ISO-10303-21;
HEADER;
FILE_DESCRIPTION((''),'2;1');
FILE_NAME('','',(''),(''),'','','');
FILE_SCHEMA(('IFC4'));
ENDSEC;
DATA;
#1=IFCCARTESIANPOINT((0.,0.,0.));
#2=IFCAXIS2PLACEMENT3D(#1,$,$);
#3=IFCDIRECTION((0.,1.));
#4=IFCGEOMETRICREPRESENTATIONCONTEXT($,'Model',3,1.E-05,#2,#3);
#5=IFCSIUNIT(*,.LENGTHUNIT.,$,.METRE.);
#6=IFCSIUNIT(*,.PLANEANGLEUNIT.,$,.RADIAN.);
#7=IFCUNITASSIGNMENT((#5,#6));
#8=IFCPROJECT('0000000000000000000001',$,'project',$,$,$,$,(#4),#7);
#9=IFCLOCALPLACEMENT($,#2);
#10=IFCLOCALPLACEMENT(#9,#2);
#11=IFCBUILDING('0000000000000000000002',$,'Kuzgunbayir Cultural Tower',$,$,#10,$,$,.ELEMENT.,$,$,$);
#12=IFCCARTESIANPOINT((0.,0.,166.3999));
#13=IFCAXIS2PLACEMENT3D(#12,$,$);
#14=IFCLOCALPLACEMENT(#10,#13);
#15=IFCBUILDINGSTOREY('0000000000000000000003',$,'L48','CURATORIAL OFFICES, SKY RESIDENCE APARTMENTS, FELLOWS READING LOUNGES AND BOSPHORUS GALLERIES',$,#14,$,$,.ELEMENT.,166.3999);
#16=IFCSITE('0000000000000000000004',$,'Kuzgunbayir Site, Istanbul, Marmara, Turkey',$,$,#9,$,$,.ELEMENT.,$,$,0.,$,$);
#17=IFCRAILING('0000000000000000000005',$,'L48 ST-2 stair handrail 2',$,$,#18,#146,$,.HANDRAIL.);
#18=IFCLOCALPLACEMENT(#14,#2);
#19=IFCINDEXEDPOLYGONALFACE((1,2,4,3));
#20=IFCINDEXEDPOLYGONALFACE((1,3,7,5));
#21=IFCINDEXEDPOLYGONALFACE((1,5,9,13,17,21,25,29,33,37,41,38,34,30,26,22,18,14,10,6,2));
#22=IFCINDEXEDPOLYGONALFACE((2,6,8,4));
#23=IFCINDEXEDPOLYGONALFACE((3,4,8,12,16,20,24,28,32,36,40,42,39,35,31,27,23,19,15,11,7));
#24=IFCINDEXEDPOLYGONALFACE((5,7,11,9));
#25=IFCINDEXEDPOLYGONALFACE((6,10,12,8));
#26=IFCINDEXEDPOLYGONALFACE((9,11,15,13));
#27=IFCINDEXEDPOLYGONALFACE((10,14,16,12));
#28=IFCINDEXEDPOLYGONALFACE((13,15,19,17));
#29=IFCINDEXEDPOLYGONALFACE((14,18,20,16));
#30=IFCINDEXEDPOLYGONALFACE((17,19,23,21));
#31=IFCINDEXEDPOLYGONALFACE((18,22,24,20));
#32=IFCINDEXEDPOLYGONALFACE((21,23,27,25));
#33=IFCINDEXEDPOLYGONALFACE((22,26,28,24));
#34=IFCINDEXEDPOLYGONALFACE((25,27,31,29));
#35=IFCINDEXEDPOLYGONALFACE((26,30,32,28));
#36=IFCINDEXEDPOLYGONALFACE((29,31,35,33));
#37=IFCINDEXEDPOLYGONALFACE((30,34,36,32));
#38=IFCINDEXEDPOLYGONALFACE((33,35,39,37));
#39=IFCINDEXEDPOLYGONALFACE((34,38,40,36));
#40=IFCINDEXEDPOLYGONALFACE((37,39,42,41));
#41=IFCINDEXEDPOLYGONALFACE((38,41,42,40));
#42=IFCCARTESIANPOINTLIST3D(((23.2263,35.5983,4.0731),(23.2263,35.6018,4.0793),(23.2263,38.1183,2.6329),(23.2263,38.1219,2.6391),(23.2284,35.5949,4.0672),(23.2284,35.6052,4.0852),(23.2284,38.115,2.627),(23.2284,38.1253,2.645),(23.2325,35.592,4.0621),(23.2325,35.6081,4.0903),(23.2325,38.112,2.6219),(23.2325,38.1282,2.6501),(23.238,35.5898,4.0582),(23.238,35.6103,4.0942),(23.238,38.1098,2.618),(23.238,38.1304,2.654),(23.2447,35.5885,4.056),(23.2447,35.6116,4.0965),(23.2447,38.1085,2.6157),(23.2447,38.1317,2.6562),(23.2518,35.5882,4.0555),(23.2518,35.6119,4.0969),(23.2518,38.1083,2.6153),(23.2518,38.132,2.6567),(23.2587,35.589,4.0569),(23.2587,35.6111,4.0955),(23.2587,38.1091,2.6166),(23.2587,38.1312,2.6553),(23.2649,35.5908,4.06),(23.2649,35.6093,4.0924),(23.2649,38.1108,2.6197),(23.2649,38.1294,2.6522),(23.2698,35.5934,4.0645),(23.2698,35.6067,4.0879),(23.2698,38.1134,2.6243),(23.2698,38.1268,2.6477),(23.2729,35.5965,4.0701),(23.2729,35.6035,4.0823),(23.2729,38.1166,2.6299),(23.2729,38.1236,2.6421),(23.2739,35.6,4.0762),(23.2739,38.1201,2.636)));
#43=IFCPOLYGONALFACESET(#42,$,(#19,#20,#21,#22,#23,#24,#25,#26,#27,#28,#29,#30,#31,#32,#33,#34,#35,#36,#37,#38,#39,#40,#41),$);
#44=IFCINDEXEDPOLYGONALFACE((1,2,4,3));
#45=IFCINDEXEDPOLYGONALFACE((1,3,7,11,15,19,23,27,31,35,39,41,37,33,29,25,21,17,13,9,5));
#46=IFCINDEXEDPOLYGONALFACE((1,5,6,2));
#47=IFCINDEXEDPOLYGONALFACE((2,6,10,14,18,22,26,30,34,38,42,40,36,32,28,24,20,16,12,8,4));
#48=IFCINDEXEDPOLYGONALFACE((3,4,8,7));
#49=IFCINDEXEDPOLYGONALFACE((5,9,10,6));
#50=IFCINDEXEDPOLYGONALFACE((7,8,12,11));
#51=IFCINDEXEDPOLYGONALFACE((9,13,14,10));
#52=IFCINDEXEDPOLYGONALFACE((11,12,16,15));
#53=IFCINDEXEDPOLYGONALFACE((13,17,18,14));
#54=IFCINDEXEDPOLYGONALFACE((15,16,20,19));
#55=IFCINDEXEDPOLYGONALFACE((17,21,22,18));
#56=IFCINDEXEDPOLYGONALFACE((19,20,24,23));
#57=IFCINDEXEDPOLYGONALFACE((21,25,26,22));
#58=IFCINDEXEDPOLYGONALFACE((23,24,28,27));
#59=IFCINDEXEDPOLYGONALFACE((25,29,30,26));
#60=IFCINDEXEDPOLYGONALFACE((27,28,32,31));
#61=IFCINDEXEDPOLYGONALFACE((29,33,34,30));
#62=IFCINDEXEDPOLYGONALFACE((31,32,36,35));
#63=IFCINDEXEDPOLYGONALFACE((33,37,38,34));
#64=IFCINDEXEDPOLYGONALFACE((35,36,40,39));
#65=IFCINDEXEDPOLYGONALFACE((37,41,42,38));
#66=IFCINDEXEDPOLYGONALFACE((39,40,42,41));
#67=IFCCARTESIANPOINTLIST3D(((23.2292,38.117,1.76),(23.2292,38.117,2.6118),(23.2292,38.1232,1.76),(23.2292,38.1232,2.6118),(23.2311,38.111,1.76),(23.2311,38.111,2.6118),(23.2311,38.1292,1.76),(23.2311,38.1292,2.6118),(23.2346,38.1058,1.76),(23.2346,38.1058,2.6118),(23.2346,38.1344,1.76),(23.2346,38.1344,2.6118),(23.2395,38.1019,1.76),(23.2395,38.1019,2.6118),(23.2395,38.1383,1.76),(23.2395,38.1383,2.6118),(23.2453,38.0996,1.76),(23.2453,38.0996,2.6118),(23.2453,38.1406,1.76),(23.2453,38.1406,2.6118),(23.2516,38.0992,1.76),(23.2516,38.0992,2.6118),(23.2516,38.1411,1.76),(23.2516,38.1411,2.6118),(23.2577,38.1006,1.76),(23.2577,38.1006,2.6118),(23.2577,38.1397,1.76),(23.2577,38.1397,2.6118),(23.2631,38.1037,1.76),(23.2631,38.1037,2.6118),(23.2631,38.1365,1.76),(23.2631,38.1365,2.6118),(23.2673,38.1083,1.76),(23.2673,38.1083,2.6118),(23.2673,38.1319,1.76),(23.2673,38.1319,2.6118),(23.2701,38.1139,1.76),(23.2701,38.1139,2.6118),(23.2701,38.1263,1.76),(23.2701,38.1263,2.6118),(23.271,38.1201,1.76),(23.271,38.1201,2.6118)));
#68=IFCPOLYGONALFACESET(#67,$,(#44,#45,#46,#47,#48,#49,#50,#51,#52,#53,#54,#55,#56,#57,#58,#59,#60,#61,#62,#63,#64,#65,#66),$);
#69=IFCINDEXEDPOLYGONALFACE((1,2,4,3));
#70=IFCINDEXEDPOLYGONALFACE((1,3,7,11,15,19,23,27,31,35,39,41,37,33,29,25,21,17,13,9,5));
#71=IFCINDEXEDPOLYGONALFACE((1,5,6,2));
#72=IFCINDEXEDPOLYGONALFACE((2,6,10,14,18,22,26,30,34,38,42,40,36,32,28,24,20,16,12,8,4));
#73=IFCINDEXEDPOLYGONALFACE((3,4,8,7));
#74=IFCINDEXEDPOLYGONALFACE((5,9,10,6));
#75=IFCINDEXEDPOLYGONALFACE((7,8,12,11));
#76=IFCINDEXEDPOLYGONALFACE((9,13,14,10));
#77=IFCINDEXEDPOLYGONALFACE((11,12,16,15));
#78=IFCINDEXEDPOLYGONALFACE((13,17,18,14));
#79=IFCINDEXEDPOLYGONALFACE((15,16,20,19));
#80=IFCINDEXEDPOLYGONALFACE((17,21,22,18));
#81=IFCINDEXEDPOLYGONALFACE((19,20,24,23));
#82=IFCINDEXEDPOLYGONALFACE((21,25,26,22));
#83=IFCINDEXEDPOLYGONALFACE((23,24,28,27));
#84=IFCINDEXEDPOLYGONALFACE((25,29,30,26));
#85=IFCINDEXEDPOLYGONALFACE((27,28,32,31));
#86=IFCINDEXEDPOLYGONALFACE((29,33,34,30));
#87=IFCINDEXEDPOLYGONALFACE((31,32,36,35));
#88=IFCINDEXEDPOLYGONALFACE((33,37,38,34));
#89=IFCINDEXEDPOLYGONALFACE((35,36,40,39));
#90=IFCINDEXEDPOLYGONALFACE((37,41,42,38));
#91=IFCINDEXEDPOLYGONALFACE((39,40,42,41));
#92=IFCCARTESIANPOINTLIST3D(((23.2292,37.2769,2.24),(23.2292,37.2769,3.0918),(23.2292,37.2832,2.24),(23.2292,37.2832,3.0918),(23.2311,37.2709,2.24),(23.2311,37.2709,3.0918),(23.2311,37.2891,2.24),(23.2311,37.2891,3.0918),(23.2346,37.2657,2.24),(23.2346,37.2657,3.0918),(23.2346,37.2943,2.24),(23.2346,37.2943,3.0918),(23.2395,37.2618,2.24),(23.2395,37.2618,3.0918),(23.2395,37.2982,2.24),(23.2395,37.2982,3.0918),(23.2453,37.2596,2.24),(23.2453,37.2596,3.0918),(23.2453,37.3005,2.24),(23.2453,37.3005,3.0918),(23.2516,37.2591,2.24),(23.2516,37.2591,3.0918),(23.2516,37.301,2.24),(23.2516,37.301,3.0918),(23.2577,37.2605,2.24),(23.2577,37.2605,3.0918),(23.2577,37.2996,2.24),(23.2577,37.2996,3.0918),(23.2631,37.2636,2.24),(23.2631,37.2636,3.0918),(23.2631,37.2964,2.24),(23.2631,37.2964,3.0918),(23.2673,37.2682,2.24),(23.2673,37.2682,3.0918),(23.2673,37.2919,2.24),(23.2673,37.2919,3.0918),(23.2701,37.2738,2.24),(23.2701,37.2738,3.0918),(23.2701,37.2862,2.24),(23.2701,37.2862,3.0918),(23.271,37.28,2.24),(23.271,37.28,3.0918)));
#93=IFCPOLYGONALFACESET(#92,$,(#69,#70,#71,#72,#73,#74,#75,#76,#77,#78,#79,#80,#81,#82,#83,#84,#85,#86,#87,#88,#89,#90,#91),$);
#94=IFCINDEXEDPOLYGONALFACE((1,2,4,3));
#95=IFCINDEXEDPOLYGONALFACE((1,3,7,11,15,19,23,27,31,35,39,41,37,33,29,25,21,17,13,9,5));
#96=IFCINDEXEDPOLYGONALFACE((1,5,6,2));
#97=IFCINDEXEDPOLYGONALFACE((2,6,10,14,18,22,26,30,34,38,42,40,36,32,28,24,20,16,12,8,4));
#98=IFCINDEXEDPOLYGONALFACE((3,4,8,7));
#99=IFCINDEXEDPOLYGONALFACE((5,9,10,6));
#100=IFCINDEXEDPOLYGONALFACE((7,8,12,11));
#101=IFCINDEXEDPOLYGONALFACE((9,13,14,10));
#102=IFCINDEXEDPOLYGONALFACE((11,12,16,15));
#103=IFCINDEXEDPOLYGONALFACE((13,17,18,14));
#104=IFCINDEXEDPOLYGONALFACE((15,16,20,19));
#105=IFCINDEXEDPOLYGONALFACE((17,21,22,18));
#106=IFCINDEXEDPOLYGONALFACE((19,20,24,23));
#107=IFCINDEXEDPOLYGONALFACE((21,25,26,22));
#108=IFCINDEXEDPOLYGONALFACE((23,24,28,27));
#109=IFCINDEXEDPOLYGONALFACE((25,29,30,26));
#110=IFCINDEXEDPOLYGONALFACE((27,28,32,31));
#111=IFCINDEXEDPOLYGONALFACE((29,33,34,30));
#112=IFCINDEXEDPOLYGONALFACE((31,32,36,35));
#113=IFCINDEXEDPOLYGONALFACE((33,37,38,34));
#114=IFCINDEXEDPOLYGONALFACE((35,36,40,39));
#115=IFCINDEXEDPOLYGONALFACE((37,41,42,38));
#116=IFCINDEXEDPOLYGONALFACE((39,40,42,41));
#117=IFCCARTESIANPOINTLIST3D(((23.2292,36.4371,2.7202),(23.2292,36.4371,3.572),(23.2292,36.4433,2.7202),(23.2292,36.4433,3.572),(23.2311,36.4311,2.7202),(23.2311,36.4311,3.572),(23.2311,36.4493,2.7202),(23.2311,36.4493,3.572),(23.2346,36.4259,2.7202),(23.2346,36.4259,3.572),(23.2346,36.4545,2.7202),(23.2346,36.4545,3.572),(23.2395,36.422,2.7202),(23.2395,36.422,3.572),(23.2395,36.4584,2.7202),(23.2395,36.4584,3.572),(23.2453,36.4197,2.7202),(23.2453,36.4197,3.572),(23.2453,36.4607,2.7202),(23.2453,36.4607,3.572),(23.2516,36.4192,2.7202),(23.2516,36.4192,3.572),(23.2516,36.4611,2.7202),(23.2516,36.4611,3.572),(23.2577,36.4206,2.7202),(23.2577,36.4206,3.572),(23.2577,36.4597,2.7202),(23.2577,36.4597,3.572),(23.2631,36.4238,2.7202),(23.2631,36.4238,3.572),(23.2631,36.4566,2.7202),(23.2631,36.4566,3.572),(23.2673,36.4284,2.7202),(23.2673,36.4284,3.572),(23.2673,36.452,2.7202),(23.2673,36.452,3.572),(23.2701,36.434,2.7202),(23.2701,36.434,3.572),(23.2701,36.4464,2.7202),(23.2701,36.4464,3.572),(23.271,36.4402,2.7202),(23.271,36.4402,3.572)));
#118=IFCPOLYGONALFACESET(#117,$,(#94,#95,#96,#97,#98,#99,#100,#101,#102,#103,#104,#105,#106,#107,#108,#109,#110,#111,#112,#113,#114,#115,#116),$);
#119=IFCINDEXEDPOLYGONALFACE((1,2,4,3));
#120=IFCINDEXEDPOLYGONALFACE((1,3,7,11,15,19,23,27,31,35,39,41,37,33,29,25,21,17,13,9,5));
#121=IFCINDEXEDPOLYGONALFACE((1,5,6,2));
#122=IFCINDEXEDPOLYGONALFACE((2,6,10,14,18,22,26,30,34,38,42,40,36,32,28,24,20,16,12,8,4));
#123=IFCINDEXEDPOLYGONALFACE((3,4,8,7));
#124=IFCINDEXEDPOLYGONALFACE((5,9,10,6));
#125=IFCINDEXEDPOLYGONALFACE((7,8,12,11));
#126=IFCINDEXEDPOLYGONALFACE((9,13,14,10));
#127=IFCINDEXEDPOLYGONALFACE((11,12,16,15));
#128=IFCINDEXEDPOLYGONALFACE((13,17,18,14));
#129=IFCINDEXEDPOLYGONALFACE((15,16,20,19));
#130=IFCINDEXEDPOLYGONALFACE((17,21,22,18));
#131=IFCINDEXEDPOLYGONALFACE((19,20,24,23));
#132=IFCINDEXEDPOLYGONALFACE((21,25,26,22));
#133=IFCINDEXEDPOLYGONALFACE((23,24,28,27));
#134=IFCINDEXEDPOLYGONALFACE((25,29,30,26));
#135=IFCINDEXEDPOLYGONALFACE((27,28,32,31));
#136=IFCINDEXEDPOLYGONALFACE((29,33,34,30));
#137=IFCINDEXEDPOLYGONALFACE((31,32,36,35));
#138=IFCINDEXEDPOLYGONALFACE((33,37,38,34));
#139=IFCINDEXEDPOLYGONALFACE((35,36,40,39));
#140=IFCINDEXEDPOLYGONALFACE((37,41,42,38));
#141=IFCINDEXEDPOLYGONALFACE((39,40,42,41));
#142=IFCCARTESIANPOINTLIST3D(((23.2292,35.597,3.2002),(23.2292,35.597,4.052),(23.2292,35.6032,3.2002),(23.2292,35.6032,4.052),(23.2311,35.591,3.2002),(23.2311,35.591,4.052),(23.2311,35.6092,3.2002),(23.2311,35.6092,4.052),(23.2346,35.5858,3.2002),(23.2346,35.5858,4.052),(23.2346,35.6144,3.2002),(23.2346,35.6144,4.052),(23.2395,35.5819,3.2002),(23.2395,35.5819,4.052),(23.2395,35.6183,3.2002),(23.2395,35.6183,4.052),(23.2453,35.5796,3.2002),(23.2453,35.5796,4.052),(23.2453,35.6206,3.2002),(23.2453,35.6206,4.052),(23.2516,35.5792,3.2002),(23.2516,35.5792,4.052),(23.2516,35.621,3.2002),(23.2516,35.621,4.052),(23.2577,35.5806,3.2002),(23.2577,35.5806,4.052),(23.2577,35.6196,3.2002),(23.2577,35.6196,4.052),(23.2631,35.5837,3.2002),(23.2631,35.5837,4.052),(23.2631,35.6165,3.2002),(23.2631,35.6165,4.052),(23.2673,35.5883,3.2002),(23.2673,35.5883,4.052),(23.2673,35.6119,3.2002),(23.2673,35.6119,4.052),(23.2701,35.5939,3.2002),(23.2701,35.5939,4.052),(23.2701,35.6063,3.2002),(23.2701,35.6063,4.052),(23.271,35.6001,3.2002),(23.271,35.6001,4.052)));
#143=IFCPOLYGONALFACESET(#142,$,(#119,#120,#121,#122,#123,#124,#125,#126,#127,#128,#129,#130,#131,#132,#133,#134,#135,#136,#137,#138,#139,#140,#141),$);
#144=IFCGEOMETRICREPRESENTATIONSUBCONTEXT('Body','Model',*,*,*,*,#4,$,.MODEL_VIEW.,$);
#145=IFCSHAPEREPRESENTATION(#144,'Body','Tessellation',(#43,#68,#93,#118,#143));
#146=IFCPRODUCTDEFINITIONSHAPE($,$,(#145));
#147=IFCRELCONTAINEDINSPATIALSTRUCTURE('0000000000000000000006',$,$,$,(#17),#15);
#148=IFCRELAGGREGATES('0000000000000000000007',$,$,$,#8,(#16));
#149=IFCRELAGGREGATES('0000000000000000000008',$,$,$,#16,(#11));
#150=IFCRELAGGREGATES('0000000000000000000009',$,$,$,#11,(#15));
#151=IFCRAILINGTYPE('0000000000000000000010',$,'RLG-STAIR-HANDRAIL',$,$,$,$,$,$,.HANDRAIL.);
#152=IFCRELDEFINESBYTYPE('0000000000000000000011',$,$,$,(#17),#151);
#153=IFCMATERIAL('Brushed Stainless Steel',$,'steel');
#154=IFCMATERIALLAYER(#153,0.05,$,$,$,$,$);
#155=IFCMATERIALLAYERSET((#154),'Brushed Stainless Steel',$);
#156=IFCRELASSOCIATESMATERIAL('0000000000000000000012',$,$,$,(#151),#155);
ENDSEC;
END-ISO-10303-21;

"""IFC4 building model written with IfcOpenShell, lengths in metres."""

from ifc_helpers import new_model, si_unit, direction, frame, origin, origin_2d, place, context, subcontext, project, spatial, circle, extrude, material, layer, layer_set, type_object, element, save


model = new_model("IFC4")

# Units and contexts
model_context = context("Model", 3, precision=1e-05, world=origin(), true_north=direction((0.0, 1.0)))
body_context = subcontext(model_context, "Body", "Model", "MODEL_VIEW")
ifc_project = project(units=[si_unit("LENGTHUNIT", "METRE"), si_unit("PLANEANGLEUNIT", "RADIAN")], contexts=[model_context])

# Site, building, storey
site_placement = place(None, origin())
site = spatial("IfcSite", under=ifc_project, at=site_placement, Name="Kuzgunbayir Site, Istanbul, Marmara, Turkey", CompositionType="ELEMENT", RefElevation=0.0)
building_placement = place(site_placement, origin())
building = spatial("IfcBuilding", under=site, at=building_placement, Name="Kuzgunbayir Cultural Tower", CompositionType="ELEMENT")
storey_placement = place(building_placement, frame((0.0, 0.0, 166.3999)))
storey = spatial("IfcBuildingStorey", under=building, at=storey_placement, Name="L48", Description="CURATORIAL OFFICES, SKY RESIDENCE APARTMENTS, FELLOWS READING LOUNGES AND BOSPHORUS GALLERIES", CompositionType="ELEMENT", Elevation=166.3999)

# Shared definitions
ifc_material_1 = material(Name="Brushed Stainless Steel", Category="steel")

# Railing
ifc_layer_1 = layer(ifc_material_1, 0.05)
ifc_layer_set_1 = layer_set([ifc_layer_1], Name="Brushed Stainless Steel")
railing_type_1 = type_object("IfcRailingType", Name="RLG-STAIR-HANDRAIL", PredefinedType="HANDRAIL", material=ifc_layer_set_1)
railing_1_placement = place(storey_placement, frame((23.25, 38.1201, 1.76)))
element("IfcRailing", 1, at=railing_1_placement, inside=storey, type_object=railing_type_1, Name="L48 ST-2 stair handrail 2", PredefinedType="HANDRAIL", context=body_context, shape_type="SweptSolid", body=[
    extrude(circle(Radius=0.0239, at=origin_2d()), frame((0.0, 0.0, 0.876), z_axis=(0.0, -0.868217, 0.496184), x_axis=(1.0, 0.0, 0.0)), (0.0, 0.0, 1.0), 2.9026),
    extrude(circle(Radius=0.021, at=origin_2d()), origin(), (0.0, 0.0, 1.0), 0.8518),
    extrude(circle(Radius=0.021, at=origin_2d()), frame((0.0, -0.8401, 0.48)), (0.0, 0.0, 1.0), 0.8518),
    extrude(circle(Radius=0.021, at=origin_2d()), frame((0.0, -1.6799, 0.9602)), (0.0, 0.0, 1.0), 0.8518),
    extrude(circle(Radius=0.021, at=origin_2d()), frame((0.0, -2.52, 1.4402)), (0.0, 0.0, 1.0), 0.8518),
])

save(model, "model.ifc")
